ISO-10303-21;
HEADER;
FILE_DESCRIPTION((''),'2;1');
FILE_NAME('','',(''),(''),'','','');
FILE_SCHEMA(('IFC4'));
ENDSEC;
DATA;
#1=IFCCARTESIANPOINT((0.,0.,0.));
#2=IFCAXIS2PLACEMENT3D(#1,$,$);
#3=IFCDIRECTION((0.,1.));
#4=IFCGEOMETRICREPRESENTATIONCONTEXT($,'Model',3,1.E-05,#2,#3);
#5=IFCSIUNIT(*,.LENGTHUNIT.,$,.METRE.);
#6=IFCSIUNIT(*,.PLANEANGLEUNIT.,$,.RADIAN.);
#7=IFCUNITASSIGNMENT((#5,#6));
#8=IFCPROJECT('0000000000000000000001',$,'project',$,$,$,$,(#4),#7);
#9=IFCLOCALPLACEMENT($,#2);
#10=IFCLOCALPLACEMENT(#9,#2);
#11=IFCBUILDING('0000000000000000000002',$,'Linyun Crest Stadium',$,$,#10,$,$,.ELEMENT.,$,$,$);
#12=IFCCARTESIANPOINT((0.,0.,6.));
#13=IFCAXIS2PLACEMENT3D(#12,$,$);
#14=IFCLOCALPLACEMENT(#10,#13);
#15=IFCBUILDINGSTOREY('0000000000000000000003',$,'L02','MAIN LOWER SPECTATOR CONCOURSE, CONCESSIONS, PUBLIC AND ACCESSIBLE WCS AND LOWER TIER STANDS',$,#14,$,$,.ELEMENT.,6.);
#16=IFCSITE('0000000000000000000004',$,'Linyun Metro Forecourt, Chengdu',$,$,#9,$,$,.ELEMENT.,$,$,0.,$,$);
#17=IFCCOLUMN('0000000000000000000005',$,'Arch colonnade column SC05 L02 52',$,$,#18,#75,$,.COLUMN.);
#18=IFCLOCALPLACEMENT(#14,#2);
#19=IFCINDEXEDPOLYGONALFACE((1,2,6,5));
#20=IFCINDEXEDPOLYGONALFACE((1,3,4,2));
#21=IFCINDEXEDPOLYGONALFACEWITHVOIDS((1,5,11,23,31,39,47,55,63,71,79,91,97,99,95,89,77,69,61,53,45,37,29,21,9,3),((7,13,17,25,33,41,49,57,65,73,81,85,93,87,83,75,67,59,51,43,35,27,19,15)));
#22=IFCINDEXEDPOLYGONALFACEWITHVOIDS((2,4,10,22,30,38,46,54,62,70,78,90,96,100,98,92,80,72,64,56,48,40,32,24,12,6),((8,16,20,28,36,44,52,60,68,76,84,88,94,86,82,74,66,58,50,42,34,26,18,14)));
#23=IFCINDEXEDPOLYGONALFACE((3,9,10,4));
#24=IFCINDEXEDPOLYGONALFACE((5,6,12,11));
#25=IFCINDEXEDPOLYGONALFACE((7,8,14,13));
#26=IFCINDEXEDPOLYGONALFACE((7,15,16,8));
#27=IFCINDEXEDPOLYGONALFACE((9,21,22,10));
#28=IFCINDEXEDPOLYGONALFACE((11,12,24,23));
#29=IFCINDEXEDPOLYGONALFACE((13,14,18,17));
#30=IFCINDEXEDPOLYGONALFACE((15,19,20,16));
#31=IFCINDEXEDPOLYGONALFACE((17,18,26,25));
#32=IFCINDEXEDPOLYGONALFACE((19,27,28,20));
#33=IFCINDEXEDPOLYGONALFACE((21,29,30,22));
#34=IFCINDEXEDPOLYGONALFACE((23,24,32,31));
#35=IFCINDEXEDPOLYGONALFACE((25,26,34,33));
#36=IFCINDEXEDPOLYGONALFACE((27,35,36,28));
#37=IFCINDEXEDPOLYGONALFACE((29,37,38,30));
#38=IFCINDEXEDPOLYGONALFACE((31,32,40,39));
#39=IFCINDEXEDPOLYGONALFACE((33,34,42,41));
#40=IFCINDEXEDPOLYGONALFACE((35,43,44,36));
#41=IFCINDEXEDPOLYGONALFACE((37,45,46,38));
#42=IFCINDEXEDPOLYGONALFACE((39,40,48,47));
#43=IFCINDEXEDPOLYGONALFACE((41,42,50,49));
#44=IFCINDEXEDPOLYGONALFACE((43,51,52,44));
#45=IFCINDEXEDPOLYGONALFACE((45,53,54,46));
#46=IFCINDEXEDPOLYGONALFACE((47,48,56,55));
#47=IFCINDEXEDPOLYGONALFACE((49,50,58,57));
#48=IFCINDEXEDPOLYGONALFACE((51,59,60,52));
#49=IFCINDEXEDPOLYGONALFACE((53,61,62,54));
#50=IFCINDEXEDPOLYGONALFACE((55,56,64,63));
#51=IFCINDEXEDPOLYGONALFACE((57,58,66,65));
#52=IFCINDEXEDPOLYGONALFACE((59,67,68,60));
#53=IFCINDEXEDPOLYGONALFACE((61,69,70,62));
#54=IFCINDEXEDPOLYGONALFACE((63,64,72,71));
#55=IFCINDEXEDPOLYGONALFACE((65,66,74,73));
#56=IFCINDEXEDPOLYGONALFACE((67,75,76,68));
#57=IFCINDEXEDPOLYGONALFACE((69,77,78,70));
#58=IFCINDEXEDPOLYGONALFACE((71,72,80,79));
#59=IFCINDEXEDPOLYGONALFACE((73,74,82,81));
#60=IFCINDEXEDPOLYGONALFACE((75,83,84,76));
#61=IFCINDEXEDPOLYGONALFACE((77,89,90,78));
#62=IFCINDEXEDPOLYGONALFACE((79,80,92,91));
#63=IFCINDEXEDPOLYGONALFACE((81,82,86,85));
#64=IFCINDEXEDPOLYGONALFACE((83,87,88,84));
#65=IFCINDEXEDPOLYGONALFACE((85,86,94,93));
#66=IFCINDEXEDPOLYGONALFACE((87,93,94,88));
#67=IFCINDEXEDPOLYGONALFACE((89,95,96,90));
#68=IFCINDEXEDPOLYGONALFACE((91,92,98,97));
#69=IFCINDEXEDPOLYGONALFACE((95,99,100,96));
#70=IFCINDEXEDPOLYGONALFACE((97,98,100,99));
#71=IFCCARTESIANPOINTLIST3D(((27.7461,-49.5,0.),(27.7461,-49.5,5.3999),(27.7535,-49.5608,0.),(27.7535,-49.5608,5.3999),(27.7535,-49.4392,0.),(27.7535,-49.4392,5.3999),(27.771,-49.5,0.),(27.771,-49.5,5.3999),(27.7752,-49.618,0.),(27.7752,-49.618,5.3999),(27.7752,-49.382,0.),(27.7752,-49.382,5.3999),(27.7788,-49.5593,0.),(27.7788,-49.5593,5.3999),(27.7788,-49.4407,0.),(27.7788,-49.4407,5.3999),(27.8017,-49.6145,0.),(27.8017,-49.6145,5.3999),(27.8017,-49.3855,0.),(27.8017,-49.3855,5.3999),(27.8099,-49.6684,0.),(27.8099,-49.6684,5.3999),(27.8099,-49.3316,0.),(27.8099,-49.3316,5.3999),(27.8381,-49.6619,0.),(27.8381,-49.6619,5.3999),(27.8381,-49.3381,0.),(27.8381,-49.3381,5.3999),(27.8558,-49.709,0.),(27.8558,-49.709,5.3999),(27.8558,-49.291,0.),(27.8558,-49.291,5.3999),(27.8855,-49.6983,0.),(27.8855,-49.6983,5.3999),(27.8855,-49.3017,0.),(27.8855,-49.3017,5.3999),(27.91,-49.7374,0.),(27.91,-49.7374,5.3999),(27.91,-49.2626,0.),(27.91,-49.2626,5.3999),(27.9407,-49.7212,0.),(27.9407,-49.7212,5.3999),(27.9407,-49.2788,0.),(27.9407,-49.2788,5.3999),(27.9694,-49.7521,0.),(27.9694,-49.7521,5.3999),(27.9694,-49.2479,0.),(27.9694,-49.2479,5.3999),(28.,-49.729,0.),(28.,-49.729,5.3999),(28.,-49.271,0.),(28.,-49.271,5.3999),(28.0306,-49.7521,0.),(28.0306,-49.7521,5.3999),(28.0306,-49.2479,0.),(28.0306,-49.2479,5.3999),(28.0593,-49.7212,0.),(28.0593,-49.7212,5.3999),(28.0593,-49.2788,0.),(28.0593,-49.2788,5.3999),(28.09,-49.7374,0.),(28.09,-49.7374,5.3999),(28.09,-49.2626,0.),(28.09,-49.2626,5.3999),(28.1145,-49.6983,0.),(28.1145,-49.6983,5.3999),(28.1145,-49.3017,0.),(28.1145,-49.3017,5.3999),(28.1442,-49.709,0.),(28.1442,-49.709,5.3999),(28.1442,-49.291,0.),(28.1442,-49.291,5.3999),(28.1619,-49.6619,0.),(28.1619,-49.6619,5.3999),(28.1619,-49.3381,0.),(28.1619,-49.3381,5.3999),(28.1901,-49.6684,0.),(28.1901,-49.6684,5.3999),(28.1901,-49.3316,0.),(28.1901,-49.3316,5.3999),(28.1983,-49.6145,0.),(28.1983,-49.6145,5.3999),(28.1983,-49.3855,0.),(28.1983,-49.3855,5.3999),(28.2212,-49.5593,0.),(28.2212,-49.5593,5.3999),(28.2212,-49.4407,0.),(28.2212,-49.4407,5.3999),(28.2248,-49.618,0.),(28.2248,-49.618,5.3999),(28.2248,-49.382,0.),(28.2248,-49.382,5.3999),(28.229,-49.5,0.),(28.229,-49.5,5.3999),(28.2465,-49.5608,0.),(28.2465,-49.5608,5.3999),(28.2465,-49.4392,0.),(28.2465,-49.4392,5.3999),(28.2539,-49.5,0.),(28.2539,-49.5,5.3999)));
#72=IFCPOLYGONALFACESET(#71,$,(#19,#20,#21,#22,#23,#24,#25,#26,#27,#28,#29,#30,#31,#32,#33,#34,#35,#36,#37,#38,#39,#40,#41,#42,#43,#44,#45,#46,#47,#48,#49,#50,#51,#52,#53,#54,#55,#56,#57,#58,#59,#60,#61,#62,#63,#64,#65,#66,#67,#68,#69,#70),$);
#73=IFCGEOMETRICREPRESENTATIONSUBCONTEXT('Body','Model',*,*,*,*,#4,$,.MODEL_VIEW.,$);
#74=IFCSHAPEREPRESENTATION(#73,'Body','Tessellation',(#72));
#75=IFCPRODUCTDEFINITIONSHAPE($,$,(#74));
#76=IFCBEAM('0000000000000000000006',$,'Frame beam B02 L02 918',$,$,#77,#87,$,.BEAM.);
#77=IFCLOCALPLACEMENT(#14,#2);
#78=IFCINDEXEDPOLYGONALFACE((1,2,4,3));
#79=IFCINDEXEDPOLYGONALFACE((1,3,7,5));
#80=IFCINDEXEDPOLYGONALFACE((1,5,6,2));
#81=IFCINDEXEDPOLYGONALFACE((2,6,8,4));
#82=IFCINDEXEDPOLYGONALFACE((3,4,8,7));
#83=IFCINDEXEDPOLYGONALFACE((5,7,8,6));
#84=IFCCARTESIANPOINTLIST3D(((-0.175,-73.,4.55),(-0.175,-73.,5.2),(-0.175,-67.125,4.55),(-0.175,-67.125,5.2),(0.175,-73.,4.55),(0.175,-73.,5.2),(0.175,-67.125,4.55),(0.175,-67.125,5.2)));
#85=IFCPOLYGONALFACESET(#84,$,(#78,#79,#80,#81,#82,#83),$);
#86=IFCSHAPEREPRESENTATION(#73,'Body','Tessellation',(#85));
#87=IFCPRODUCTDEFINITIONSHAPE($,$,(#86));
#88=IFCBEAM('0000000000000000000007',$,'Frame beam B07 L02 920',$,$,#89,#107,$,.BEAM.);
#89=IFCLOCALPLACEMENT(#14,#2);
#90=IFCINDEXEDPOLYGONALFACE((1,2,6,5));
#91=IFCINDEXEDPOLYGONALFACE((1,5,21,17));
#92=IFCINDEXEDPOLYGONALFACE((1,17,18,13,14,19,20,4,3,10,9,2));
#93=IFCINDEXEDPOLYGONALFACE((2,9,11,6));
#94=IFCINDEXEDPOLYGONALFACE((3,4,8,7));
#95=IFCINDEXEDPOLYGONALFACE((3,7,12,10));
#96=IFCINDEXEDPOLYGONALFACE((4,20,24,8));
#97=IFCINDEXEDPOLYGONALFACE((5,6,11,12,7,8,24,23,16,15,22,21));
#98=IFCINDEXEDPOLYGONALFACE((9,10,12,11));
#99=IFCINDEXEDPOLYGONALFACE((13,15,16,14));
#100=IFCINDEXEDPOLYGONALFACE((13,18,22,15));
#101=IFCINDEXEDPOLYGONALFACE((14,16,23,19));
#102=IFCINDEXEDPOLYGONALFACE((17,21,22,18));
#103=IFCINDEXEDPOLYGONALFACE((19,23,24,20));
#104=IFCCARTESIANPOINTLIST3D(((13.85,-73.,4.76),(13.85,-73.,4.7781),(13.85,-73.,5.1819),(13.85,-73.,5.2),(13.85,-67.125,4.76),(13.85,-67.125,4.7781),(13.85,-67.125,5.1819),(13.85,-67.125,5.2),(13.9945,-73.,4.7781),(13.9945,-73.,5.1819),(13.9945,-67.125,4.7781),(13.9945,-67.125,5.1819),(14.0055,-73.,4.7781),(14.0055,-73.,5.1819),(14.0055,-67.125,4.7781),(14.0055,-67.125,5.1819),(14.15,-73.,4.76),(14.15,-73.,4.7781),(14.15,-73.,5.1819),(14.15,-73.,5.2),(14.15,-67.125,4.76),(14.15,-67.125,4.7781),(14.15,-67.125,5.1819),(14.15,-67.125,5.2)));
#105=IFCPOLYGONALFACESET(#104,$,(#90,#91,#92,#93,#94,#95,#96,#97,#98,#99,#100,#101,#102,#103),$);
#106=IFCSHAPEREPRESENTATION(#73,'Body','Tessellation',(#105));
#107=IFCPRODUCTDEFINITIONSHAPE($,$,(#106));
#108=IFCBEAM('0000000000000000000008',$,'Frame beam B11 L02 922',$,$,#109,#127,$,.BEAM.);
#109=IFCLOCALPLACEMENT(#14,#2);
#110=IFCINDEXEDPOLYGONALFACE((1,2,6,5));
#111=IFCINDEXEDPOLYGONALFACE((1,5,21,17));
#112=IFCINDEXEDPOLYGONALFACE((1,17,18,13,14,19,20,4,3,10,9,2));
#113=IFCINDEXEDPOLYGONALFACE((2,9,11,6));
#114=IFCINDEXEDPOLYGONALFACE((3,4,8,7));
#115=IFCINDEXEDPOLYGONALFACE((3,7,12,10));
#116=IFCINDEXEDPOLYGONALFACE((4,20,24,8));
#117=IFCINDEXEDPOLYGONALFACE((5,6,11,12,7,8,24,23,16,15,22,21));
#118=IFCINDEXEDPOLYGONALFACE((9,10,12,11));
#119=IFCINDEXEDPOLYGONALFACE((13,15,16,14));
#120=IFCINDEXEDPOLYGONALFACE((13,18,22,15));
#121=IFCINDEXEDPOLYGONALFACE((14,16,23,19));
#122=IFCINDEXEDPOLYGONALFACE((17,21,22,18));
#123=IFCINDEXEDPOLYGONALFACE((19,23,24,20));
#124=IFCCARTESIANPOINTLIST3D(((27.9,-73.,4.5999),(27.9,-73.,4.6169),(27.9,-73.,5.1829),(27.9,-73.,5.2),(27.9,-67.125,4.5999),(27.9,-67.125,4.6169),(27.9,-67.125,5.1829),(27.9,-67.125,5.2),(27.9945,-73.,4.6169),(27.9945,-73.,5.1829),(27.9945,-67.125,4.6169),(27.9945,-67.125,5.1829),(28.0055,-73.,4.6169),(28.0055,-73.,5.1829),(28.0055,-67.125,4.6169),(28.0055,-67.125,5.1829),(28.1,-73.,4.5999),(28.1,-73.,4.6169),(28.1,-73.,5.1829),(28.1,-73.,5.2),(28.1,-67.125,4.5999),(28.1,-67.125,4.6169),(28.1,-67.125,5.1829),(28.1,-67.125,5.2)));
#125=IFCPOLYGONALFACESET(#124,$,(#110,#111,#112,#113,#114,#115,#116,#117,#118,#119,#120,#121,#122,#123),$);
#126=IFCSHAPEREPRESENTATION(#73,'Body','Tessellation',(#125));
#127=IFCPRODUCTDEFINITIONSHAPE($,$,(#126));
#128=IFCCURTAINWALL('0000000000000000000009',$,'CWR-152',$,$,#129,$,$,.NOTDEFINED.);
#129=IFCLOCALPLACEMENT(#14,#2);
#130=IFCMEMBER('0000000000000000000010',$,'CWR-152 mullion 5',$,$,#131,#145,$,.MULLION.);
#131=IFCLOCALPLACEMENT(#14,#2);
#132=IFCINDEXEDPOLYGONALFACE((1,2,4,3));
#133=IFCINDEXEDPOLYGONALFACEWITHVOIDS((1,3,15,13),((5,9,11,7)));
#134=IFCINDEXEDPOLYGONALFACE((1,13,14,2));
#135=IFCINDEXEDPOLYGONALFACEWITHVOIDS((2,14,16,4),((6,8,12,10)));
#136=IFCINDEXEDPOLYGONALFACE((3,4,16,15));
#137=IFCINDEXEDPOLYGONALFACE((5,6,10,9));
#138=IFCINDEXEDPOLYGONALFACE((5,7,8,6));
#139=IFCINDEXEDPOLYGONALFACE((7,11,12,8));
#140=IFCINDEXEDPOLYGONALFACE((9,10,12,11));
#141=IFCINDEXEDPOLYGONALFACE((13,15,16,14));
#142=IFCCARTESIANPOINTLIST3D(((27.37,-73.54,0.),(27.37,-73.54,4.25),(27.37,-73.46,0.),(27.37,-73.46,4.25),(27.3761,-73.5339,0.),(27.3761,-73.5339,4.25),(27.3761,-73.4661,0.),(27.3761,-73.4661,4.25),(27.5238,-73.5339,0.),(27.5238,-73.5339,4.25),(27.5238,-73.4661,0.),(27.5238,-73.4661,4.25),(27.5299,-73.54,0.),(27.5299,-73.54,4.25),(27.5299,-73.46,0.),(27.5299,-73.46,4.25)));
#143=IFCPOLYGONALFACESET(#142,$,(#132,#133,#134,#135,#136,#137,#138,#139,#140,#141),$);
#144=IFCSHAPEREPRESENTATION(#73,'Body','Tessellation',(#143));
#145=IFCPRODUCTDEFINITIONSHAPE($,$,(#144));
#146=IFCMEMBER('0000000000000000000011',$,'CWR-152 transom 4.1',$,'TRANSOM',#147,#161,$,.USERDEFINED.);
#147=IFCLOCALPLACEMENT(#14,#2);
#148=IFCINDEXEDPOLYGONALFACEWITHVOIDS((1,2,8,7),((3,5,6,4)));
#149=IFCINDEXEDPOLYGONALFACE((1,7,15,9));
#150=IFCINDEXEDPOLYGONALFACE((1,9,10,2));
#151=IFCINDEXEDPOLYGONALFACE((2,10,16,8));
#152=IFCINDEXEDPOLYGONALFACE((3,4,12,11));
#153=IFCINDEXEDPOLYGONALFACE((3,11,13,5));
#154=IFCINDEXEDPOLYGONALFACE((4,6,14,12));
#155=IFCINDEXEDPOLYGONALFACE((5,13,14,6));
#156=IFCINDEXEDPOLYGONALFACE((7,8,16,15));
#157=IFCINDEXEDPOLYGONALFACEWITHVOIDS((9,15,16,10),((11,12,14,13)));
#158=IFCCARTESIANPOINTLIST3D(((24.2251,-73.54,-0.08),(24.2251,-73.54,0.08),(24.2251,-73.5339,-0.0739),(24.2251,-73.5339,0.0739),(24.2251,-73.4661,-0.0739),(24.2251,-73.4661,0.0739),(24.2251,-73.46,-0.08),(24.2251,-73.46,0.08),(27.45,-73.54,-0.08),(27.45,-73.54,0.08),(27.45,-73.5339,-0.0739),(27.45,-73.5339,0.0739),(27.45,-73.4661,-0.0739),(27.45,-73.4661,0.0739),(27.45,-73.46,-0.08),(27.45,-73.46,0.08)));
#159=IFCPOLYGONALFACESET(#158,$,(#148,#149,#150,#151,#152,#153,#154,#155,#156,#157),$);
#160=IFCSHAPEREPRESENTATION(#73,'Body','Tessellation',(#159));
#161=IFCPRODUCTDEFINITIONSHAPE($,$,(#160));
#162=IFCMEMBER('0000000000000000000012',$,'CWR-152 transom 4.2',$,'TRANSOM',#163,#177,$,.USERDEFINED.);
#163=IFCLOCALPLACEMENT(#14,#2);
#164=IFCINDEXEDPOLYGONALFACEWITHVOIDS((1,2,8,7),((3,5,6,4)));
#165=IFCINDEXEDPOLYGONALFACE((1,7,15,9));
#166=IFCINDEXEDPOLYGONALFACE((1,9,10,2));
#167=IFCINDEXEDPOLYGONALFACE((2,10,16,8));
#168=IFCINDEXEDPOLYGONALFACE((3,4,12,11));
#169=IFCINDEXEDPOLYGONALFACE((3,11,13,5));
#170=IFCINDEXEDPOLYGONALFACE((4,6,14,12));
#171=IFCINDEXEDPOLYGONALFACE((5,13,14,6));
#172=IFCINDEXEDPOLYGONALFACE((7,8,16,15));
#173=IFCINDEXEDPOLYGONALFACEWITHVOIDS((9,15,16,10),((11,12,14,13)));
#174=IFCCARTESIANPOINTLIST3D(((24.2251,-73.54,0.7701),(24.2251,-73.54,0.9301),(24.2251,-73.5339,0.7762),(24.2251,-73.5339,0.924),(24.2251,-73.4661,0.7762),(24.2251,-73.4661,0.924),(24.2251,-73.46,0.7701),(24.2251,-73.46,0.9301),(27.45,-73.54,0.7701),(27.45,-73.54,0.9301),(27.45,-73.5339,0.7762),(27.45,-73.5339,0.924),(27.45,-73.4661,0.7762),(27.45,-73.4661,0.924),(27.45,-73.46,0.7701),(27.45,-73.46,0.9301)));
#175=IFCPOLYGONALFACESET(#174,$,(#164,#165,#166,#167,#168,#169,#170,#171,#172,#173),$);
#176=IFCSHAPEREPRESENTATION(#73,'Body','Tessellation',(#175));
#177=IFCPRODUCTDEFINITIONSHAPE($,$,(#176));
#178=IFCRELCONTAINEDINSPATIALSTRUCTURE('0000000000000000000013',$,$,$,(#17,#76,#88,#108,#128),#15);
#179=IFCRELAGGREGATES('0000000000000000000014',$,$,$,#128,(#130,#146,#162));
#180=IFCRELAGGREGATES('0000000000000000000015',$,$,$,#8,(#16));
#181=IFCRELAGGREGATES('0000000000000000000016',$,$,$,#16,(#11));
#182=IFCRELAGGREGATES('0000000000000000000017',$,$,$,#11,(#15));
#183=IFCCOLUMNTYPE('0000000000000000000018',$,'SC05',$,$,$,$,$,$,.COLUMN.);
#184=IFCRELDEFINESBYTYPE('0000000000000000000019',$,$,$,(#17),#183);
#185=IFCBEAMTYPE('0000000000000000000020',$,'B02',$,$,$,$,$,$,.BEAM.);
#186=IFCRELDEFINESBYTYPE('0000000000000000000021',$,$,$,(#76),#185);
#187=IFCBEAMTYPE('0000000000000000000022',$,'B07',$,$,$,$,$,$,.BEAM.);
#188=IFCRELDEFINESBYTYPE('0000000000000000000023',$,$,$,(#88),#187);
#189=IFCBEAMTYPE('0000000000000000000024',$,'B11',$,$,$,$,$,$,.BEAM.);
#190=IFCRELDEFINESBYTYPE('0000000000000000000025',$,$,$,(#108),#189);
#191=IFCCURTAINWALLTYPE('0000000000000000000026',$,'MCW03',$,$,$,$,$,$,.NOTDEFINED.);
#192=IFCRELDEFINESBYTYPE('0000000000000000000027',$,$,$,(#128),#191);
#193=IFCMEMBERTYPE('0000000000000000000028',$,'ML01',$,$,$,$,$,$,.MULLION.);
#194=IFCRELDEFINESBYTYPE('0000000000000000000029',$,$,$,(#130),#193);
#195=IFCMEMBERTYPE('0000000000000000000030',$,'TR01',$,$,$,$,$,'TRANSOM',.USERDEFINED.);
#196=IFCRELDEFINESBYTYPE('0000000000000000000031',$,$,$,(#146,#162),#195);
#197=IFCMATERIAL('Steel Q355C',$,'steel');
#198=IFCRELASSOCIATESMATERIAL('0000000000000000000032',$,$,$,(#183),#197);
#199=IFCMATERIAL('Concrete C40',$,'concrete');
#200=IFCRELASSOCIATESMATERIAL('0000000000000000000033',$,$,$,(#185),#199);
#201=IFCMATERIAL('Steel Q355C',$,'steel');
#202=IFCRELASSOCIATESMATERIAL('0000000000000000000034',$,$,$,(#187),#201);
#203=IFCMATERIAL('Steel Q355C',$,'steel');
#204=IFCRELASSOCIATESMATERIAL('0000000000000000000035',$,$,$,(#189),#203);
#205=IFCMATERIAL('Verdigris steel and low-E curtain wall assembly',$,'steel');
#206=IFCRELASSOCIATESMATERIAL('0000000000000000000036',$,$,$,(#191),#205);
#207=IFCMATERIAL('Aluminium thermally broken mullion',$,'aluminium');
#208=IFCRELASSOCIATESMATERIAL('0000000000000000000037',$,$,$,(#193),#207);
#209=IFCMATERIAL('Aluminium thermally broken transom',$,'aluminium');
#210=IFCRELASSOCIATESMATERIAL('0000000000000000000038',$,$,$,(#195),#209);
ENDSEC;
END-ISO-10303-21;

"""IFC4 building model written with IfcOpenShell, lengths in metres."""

from ifc_helpers import new_model, si_unit, direction, frame, origin, origin_2d, place, context, subcontext, project, spatial, rectangle, hollow_rectangle, hollow_circle, i_section, extrude, material, material_profile, profile_set, type_object, element, aggregate, save


model = new_model("IFC4")

# Units and contexts
model_context = context("Model", 3, precision=1e-05, world=origin(), true_north=direction((0.0, 1.0)))
body_context = subcontext(model_context, "Body", "Model", "MODEL_VIEW")
ifc_project = project(units=[si_unit("LENGTHUNIT", "METRE"), si_unit("PLANEANGLEUNIT", "RADIAN")], contexts=[model_context])

# Site, building, storey
site_placement = place(None, origin())
site = spatial("IfcSite", under=ifc_project, at=site_placement, Name="Linyun Metro Forecourt, Chengdu", CompositionType="ELEMENT", RefElevation=0.0)
building_placement = place(site_placement, origin())
building = spatial("IfcBuilding", under=site, at=building_placement, Name="Linyun Crest Stadium", CompositionType="ELEMENT")
storey_placement = place(building_placement, frame((0.0, 0.0, 6.0)))
storey = spatial("IfcBuildingStorey", under=building, at=storey_placement, Name="L02", Description="MAIN LOWER SPECTATOR CONCOURSE, CONCESSIONS, PUBLIC AND ACCESSIBLE WCS AND LOWER TIER STANDS", CompositionType="ELEMENT", Elevation=6.0)

# Column
ifc_material_1 = material(Name="Steel Q355C", Category="steel")
ifc_material_profile_1 = material_profile(ifc_material_1, hollow_circle(Radius=0.2539, WallThickness=0.0249, at=origin_2d()), Name="CHS 508x25")
ifc_profile_set_1 = profile_set([ifc_material_profile_1], Name="Steel Q355C")
column_type_1 = type_object("IfcColumnType", Name="SC05", PredefinedType="COLUMN", material=ifc_profile_set_1)
for number, where, z_axis, x_axis, name in (
    (1, (28.0, -49.5, 0.0), (0.0, 0.0, 1.0), (1.0, 0.0, 0.0), "Arch colonnade column SC05 L02 52"),
):
    element("IfcColumn", number, at=place(storey_placement, frame(where, z_axis=z_axis, x_axis=x_axis)), inside=storey, type_object=column_type_1, Name=name, PredefinedType="COLUMN", context=body_context, shape_type="SweptSolid", body=[
        extrude(hollow_circle(Radius=0.2539, WallThickness=0.0249, at=origin_2d()), origin(), (0.0, 0.0, 1.0), 5.3999),
    ])

# Beams
ifc_material_2 = material(Name="Concrete C40", Category="concrete")
ifc_material_profile_2 = material_profile(ifc_material_2, rectangle(XDim=0.3501, YDim=0.6499, at=origin_2d()), Name="RCB 650x350")
ifc_profile_set_2 = profile_set([ifc_material_profile_2], Name="Concrete C40")
beam_type_1 = type_object("IfcBeamType", Name="B02", PredefinedType="BEAM", material=ifc_profile_set_2)
beam_1_placement = place(storey_placement, frame((0.0, -73.0, 4.875), z_axis=(0.0, 1.0, 0.0), x_axis=(-1.0, 0.0, 0.0)))
element("IfcBeam", 2, at=beam_1_placement, inside=storey, type_object=beam_type_1, Name="Frame beam B02 L02 918", PredefinedType="BEAM", context=body_context, shape_type="SweptSolid", body=[
    extrude(rectangle(XDim=0.3501, YDim=0.6499, at=origin_2d()), origin(), (0.0, 0.0, 1.0), 5.875),
])
ifc_material_3 = material(Name="Steel Q355C", Category="steel")
ifc_material_profile_3 = material_profile(ifc_material_3, i_section(OverallWidth=0.3, OverallDepth=0.4399, WebThickness=0.011, FlangeThickness=0.0181, at=origin_2d()), Name="HM 440x300")
ifc_profile_set_3 = profile_set([ifc_material_profile_3], Name="Steel Q355C")
beam_type_2 = type_object("IfcBeamType", Name="B07", PredefinedType="BEAM", material=ifc_profile_set_3)
beam_2_placement = place(storey_placement, frame((14.0, -73.0, 4.98), z_axis=(0.0, 1.0, 0.0), x_axis=(-1.0, 0.0, 0.0)))
element("IfcBeam", 3, at=beam_2_placement, inside=storey, type_object=beam_type_2, Name="Frame beam B07 L02 920", PredefinedType="BEAM", context=body_context, shape_type="SweptSolid", body=[
    extrude(i_section(OverallWidth=0.3, OverallDepth=0.4399, WebThickness=0.011, FlangeThickness=0.0181, at=origin_2d()), origin(), (0.0, 0.0, 1.0), 5.875),
])
ifc_material_4 = material(Name="Steel Q355C", Category="steel")
ifc_material_profile_4 = material_profile(ifc_material_4, i_section(OverallWidth=0.2, OverallDepth=0.6001, WebThickness=0.011, FlangeThickness=0.0171, at=origin_2d()), Name="HN 600x200")
ifc_profile_set_4 = profile_set([ifc_material_profile_4], Name="Steel Q355C")
beam_type_3 = type_object("IfcBeamType", Name="B11", PredefinedType="BEAM", material=ifc_profile_set_4)
beam_3_placement = place(storey_placement, frame((28.0, -73.0, 4.8999), z_axis=(0.0, 1.0, 0.0), x_axis=(-1.0, 0.0, 0.0)))
element("IfcBeam", 4, at=beam_3_placement, inside=storey, type_object=beam_type_3, Name="Frame beam B11 L02 922", PredefinedType="BEAM", context=body_context, shape_type="SweptSolid", body=[
    extrude(i_section(OverallWidth=0.2, OverallDepth=0.6001, WebThickness=0.011, FlangeThickness=0.0171, at=origin_2d()), origin(), (0.0, 0.0, 1.0), 5.875),
])

# Curtain wall, members
ifc_material_5 = material(Name="Verdigris steel and low-E curtain wall assembly", Category="steel")
curtain_wall_type = type_object("IfcCurtainWallType", Name="MCW03", PredefinedType="NOTDEFINED", material=ifc_material_5)
curtain_wall_placement = place(storey_placement, origin())
curtain_wall = element("IfcCurtainWall", 5, at=curtain_wall_placement, inside=storey, type_object=curtain_wall_type, Name="CWR-152", PredefinedType="NOTDEFINED")
ifc_material_6 = material(Name="Aluminium thermally broken mullion", Category="aluminium")
ifc_material_profile_5 = material_profile(ifc_material_6, hollow_rectangle(XDim=0.0801, YDim=0.1599, WallThickness=0.0061, at=origin_2d()), Name="RHS 160x80x6")
ifc_profile_set_5 = profile_set([ifc_material_profile_5], Name="Aluminium thermally broken mullion")
member_type_1 = type_object("IfcMemberType", Name="ML01", PredefinedType="MULLION", material=ifc_profile_set_5)
member_1_placement = place(storey_placement, frame((27.45, -73.5, 0.0), z_axis=(0.0, 0.0, 1.0), x_axis=(0.0, 1.0, 0.0)))
member_1 = element("IfcMember", 6, at=member_1_placement, type_object=member_type_1, Name="CWR-152 mullion 5", PredefinedType="MULLION", context=body_context, shape_type="SweptSolid", body=[
    extrude(hollow_rectangle(XDim=0.0801, YDim=0.1599, WallThickness=0.0061, at=origin_2d()), origin(), (0.0, 0.0, 1.0), 4.25),
])
ifc_material_7 = material(Name="Aluminium thermally broken transom", Category="aluminium")
ifc_material_profile_6 = material_profile(ifc_material_7, hollow_rectangle(XDim=0.0801, YDim=0.1599, WallThickness=0.0061, at=origin_2d()), Name="RHS 160x80x6")
ifc_profile_set_6 = profile_set([ifc_material_profile_6], Name="Aluminium thermally broken transom")
member_type_2 = type_object("IfcMemberType", Name="TR01", ElementType="TRANSOM", PredefinedType="USERDEFINED", material=ifc_profile_set_6)
member_2_placement = place(storey_placement, frame((24.2251, -73.5, 0.0), z_axis=(1.0, 0.0, 0.0), x_axis=(0.0, 1.0, 0.0)))
member_2 = element("IfcMember", 7, at=member_2_placement, type_object=member_type_2, Name="CWR-152 transom 4.1", ObjectType="TRANSOM", PredefinedType="USERDEFINED", context=body_context, shape_type="SweptSolid", body=[
    extrude(hollow_rectangle(XDim=0.0801, YDim=0.1599, WallThickness=0.0061, at=origin_2d()), origin(), (0.0, 0.0, 1.0), 3.2249),
])
member_3_placement = place(storey_placement, frame((24.2251, -73.5, 0.8501), z_axis=(1.0, 0.0, 0.0), x_axis=(0.0, 1.0, 0.0)))
member_3 = element("IfcMember", 8, at=member_3_placement, type_object=member_type_2, Name="CWR-152 transom 4.2", ObjectType="TRANSOM", PredefinedType="USERDEFINED", context=body_context, shape_type="SweptSolid", body=[
    extrude(hollow_rectangle(XDim=0.0801, YDim=0.1599, WallThickness=0.0061, at=origin_2d()), origin(), (0.0, 0.0, 1.0), 3.2249),
])
aggregate(curtain_wall, [member_1, member_2, member_3])

save(model, "model.ifc")
